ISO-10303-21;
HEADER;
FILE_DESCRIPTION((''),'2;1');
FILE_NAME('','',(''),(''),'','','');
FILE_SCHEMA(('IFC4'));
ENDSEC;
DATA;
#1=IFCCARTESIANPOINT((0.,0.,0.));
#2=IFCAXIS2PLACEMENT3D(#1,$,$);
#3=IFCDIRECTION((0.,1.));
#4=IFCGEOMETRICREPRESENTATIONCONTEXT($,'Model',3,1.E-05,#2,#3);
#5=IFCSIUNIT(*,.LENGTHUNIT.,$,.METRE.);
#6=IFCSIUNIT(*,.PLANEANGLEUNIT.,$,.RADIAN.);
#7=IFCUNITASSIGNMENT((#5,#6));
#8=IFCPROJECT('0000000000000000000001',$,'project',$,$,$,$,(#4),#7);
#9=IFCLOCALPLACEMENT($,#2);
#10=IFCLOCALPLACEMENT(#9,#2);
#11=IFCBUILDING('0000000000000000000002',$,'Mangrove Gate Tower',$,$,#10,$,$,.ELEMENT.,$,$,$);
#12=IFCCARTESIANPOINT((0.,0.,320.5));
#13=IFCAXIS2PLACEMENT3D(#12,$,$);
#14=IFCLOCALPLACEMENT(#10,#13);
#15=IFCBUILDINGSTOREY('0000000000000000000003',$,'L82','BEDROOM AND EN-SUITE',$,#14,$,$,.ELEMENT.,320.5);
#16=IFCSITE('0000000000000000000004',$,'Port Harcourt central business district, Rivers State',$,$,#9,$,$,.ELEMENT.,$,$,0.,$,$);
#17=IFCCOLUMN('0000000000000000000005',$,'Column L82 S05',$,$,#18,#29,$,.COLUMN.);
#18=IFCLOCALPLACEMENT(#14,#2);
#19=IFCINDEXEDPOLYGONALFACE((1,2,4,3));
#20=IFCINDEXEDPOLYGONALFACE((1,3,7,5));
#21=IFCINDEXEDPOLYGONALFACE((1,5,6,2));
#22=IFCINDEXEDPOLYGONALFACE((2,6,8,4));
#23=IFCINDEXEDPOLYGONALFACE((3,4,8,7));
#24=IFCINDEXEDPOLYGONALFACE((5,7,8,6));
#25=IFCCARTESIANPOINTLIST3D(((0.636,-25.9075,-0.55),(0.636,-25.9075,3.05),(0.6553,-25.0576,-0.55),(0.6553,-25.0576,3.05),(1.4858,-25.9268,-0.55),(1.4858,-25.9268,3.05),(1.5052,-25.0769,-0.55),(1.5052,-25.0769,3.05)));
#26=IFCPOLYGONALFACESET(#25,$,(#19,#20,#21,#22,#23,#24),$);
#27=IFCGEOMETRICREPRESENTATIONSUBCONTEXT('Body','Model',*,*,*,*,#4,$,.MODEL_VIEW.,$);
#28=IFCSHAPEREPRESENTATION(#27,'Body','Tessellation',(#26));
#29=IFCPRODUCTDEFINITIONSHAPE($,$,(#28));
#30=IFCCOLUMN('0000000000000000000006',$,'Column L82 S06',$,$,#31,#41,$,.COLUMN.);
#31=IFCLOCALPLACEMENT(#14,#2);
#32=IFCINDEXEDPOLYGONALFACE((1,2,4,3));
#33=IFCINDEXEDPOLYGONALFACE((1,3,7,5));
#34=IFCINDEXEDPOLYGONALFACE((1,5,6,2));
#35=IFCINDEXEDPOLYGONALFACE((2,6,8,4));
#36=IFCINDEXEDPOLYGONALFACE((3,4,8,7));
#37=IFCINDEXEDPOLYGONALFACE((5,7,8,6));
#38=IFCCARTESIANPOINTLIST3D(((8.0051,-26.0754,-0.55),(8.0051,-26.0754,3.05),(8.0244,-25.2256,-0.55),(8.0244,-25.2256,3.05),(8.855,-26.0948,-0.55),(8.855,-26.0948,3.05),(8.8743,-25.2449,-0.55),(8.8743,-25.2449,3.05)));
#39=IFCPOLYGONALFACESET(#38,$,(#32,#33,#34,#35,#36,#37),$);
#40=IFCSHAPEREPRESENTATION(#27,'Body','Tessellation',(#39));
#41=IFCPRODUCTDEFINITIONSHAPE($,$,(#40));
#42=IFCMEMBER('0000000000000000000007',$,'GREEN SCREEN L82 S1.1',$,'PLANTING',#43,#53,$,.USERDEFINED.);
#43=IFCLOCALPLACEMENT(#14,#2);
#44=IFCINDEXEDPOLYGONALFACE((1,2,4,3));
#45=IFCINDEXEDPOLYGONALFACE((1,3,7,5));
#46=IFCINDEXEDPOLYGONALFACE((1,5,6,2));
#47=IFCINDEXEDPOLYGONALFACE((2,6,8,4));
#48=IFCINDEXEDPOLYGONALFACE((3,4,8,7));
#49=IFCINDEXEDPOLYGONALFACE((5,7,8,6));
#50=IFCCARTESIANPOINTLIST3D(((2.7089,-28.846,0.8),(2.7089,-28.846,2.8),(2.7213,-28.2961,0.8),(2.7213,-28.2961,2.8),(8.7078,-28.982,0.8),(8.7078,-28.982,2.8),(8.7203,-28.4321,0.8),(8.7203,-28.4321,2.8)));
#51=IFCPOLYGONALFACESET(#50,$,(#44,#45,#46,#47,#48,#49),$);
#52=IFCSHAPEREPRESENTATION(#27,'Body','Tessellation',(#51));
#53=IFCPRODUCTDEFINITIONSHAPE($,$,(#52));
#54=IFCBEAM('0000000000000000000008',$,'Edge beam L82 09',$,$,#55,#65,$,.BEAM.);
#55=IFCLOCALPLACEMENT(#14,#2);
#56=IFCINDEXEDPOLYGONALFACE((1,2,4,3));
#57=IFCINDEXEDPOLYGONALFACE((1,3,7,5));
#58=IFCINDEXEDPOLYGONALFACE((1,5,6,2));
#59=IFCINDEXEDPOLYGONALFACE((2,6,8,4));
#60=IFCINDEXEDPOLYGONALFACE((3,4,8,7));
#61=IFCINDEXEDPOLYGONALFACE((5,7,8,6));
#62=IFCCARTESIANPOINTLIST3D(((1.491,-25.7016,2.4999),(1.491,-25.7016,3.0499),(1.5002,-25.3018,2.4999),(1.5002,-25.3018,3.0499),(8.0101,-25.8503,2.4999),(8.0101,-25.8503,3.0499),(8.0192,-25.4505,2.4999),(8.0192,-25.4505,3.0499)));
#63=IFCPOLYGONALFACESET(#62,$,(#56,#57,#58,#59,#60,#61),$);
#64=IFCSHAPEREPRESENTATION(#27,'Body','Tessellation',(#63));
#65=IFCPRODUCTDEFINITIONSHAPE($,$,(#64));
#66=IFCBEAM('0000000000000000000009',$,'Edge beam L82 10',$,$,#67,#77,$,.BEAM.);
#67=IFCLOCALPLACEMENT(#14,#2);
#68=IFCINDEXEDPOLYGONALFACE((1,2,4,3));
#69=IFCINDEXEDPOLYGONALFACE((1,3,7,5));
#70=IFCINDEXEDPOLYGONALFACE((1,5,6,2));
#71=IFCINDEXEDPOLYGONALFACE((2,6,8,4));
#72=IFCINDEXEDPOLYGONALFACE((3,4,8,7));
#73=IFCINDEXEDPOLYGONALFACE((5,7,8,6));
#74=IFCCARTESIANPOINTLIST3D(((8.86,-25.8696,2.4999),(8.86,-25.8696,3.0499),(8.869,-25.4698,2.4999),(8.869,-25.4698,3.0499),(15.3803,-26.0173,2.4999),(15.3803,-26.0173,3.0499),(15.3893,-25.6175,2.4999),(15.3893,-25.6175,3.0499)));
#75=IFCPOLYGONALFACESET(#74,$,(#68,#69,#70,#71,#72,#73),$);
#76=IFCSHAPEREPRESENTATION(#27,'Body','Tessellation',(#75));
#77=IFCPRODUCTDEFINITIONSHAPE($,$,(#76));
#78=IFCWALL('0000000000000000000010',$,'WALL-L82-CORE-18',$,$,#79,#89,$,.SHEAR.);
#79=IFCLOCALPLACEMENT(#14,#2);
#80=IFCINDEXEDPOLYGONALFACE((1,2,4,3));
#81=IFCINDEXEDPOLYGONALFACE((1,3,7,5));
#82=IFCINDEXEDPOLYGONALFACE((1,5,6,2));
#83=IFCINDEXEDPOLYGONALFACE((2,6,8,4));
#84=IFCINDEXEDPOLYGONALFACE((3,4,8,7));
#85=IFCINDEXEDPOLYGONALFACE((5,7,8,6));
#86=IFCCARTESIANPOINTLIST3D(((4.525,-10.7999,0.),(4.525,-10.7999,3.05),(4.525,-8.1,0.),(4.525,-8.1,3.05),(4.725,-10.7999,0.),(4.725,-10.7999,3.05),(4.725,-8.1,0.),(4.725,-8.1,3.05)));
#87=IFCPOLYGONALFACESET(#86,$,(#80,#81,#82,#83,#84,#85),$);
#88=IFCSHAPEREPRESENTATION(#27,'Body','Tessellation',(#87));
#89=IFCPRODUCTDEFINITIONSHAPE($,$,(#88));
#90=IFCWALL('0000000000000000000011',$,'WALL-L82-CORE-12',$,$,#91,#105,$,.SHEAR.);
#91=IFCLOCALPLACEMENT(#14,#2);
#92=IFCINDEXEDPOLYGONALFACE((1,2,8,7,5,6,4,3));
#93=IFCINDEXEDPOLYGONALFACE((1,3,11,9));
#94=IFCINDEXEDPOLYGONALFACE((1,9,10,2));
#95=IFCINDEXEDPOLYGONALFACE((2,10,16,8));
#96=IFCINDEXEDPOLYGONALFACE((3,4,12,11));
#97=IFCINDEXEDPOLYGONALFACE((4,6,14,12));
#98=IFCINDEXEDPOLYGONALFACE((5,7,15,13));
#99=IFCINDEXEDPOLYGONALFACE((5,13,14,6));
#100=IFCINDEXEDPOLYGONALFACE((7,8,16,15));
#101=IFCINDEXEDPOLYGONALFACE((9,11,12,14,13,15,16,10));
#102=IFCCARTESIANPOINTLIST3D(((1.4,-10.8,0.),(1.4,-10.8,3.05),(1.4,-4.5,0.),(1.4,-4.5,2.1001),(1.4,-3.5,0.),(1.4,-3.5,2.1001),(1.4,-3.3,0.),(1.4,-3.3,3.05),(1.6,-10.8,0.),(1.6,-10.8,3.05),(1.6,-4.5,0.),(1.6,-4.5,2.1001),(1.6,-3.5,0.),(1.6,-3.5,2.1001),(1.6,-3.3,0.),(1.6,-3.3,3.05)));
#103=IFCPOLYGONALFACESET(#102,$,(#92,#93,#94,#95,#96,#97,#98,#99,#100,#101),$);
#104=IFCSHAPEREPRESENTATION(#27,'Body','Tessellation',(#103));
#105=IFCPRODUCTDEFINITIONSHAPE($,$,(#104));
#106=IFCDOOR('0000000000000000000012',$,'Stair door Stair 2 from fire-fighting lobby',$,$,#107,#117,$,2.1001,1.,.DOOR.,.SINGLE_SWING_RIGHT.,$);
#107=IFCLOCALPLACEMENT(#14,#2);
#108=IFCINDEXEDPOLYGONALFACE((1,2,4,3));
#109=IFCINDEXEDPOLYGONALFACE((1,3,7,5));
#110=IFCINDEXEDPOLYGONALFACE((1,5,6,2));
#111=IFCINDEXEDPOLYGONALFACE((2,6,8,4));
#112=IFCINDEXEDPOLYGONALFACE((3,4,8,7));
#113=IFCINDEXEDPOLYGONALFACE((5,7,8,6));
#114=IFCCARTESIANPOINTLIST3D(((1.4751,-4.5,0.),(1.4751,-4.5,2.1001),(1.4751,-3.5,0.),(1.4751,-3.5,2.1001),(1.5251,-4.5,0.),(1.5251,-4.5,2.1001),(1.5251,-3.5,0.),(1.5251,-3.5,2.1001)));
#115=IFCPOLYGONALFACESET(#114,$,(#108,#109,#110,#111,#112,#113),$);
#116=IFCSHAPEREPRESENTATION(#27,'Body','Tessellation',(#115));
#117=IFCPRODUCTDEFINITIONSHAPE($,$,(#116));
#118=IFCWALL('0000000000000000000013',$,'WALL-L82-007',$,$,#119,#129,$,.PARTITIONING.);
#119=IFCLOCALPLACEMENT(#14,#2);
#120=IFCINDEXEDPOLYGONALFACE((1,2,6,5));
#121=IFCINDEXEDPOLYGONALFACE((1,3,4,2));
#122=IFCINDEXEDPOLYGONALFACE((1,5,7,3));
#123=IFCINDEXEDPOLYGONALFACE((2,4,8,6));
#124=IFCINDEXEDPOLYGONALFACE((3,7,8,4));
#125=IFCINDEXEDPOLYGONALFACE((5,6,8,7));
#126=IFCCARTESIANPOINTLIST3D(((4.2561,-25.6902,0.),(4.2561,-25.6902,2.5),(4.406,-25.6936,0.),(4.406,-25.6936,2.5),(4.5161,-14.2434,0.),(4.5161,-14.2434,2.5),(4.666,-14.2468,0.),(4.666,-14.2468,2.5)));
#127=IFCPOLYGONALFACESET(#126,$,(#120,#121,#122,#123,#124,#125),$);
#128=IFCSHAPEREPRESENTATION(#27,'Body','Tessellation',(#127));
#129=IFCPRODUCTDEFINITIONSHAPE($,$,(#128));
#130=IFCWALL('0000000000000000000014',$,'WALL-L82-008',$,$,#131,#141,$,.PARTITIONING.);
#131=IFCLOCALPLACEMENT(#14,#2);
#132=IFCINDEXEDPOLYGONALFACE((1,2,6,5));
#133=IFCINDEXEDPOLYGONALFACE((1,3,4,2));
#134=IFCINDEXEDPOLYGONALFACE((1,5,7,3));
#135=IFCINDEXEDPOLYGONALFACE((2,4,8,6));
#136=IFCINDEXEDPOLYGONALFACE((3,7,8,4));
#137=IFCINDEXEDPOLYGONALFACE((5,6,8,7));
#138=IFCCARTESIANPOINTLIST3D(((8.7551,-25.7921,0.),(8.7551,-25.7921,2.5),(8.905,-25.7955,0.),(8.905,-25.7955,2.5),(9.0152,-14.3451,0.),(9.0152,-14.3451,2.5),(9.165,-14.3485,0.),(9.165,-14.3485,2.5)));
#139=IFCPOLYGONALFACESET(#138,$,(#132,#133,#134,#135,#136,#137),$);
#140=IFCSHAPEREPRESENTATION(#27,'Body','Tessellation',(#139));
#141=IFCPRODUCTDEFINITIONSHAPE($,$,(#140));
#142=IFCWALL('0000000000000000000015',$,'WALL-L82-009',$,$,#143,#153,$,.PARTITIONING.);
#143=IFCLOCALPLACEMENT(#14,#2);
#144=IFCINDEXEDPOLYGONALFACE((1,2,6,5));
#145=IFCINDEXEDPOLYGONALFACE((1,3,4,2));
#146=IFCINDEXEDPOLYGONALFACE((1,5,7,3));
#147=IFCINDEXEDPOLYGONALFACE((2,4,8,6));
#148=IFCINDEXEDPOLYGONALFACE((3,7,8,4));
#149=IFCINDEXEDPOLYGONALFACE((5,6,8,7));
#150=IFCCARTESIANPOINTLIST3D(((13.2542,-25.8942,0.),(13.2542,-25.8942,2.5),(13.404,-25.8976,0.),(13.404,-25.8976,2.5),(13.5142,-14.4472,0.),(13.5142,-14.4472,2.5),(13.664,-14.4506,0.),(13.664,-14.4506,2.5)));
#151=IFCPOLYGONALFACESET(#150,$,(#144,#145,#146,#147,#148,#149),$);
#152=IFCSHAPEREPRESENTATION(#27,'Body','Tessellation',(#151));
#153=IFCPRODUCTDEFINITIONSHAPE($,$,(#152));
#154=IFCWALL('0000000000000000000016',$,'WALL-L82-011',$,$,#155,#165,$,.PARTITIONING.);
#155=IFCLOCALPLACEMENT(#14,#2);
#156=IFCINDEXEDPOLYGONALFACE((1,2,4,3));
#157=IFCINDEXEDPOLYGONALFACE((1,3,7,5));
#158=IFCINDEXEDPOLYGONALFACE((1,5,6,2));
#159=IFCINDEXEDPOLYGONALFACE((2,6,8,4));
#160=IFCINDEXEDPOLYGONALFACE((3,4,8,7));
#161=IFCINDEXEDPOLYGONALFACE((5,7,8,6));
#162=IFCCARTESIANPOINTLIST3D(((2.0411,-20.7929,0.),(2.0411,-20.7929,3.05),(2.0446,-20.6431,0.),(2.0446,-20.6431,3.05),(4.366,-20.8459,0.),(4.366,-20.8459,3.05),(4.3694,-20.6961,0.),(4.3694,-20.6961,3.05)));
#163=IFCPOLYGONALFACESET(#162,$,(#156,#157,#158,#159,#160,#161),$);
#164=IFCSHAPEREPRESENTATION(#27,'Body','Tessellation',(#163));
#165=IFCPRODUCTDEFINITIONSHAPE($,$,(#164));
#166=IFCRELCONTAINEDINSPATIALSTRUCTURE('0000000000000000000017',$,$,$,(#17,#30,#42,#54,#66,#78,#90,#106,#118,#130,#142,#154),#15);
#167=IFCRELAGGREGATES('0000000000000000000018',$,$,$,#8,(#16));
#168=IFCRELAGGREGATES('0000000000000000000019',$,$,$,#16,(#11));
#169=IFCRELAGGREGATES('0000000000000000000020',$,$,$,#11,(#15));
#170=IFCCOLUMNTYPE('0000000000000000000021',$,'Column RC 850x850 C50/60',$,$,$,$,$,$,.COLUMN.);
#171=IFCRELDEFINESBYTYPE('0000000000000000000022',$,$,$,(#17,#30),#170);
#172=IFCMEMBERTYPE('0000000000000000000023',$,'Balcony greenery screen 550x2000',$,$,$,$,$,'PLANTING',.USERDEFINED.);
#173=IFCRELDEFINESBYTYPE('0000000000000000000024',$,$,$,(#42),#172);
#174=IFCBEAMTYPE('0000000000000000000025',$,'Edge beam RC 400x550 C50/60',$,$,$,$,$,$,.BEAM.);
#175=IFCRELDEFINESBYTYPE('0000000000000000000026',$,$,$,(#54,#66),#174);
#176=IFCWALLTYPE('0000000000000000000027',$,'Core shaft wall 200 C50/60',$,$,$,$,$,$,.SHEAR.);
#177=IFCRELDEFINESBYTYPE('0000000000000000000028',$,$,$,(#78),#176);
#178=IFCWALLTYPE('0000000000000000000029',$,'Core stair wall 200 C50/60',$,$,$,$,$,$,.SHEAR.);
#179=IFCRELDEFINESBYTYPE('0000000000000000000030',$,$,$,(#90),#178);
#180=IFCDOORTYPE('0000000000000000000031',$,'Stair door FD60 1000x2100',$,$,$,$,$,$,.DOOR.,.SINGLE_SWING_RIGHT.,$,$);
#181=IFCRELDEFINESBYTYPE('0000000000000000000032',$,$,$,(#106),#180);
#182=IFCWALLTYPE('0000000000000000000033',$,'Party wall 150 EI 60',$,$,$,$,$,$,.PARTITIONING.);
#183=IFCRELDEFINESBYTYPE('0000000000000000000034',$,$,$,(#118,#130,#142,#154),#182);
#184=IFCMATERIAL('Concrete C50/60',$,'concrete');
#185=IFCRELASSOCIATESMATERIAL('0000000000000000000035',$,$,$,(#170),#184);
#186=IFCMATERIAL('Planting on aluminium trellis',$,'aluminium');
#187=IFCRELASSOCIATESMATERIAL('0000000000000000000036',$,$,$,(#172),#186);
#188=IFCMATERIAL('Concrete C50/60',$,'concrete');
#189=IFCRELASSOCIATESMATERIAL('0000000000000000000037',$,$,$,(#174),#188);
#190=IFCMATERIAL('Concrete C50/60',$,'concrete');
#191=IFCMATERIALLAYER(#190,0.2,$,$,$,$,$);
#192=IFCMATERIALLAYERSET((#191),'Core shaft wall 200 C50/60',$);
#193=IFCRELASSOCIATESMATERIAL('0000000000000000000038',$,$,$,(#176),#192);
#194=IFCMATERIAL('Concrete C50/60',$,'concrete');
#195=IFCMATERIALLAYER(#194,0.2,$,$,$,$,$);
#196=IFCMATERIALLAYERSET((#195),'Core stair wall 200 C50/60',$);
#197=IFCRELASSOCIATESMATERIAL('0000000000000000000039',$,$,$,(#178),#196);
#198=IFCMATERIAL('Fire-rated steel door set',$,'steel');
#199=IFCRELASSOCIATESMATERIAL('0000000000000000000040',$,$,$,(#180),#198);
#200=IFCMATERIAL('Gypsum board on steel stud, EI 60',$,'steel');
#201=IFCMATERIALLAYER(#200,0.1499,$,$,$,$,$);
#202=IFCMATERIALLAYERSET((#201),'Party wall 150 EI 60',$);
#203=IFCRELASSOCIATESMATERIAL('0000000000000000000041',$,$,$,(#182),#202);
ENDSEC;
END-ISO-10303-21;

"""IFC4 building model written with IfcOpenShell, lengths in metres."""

from ifc_helpers import new_model, si_unit, direction, frame, frame_2d, origin, origin_2d, place, context, subcontext, project, spatial, rectangle, extrude, material, layer, layer_set, material_profile, profile_set, type_object, element, fill, save


model = new_model("IFC4")

# Units and contexts
model_context = context("Model", 3, precision=1e-05, world=origin(), true_north=direction((0.0, 1.0)))
body_context = subcontext(model_context, "Body", "Model", "MODEL_VIEW")
ifc_project = project(units=[si_unit("LENGTHUNIT", "METRE"), si_unit("PLANEANGLEUNIT", "RADIAN")], contexts=[model_context])

# Site, building, storey
site_placement = place(None, origin())
site = spatial("IfcSite", under=ifc_project, at=site_placement, Name="Port Harcourt central business district, Rivers State", CompositionType="ELEMENT", RefElevation=0.0)
building_placement = place(site_placement, origin())
building = spatial("IfcBuilding", under=site, at=building_placement, Name="Mangrove Gate Tower", CompositionType="ELEMENT")
storey_placement = place(building_placement, frame((0.0, 0.0, 320.5)))
storey = spatial("IfcBuildingStorey", under=building, at=storey_placement, Name="L82", Description="BEDROOM AND EN-SUITE", CompositionType="ELEMENT", Elevation=320.5)

# Columns
ifc_material_1 = material(Name="Concrete C50/60", Category="concrete")
ifc_material_profile_1 = material_profile(ifc_material_1, rectangle(XDim=0.8501, YDim=0.8501, at=origin_2d()))
ifc_profile_set_1 = profile_set([ifc_material_profile_1], Name="Concrete C50/60")
column_type = type_object("IfcColumnType", Name="Column RC 850x850 C50/60", PredefinedType="COLUMN", material=ifc_profile_set_1)
for number, where, z_axis, x_axis, name in (
    (1, (1.0706, -25.4922, -0.55), (0.0, 0.0, 1.0), (0.999742, -0.022723, 0.0), "Column L82 S05"),
    (2, (8.4397, -25.6602, -0.55), (0.0, 0.0, 1.0), (0.999742, -0.022723, 0.0), "Column L82 S06"),
):
    element("IfcColumn", number, at=place(storey_placement, frame(where, z_axis=z_axis, x_axis=x_axis)), inside=storey, type_object=column_type, Name=name, PredefinedType="COLUMN", context=body_context, shape_type="SweptSolid", body=[
        extrude(rectangle(XDim=0.8501, YDim=0.8501, at=origin_2d()), origin(), (0.0, 0.0, 1.0), 3.6001),
    ])

# Member
ifc_material_2 = material(Name="Planting on aluminium trellis", Category="aluminium")
ifc_material_profile_2 = material_profile(ifc_material_2, rectangle(XDim=0.55, YDim=2.0, at=origin_2d()))
ifc_profile_set_2 = profile_set([ifc_material_profile_2], Name="Planting on aluminium trellis")
member_type = type_object("IfcMemberType", Name="Balcony greenery screen 550x2000", ElementType="PLANTING", PredefinedType="USERDEFINED", material=ifc_profile_set_2)
member_placement = place(storey_placement, frame((2.7151, -28.571, 1.8), z_axis=(0.999743, -0.022662, 0.0), x_axis=(0.022662, 0.999743, 0.0)))
element("IfcMember", 3, at=member_placement, inside=storey, type_object=member_type, Name="GREEN SCREEN L82 S1.1", ObjectType="PLANTING", PredefinedType="USERDEFINED", context=body_context, shape_type="SweptSolid", body=[
    extrude(rectangle(XDim=0.55, YDim=2.0, at=origin_2d()), origin(), (0.0, 0.0, 1.0), 6.0005),
])

# Beams
ifc_material_3 = material(Name="Concrete C50/60", Category="concrete")
ifc_material_profile_3 = material_profile(ifc_material_3, rectangle(XDim=0.3999, YDim=0.55, at=origin_2d()))
ifc_profile_set_3 = profile_set([ifc_material_profile_3], Name="Concrete C50/60")
beam_type = type_object("IfcBeamType", Name="Edge beam RC 400x550 C50/60", PredefinedType="BEAM", material=ifc_profile_set_3)
beam_1_placement = place(storey_placement, frame((1.4956, -25.5017, 2.7749), z_axis=(0.99974, -0.022801, 0.0), x_axis=(0.022801, 0.99974, 0.0)))
element("IfcBeam", 4, at=beam_1_placement, inside=storey, type_object=beam_type, Name="Edge beam L82 09", PredefinedType="BEAM", context=body_context, shape_type="SweptSolid", body=[
    extrude(rectangle(XDim=0.3999, YDim=0.55, at=origin_2d()), origin(), (0.0, 0.0, 1.0), 6.5208),
])
beam_2_placement = place(storey_placement, frame((8.8645, -25.6697, 2.7749), z_axis=(0.999744, -0.022647, 0.0), x_axis=(0.022647, 0.999744, 0.0)))
element("IfcBeam", 5, at=beam_2_placement, inside=storey, type_object=beam_type, Name="Edge beam L82 10", PredefinedType="BEAM", context=body_context, shape_type="SweptSolid", body=[
    extrude(rectangle(XDim=0.3999, YDim=0.55, at=origin_2d()), origin(), (0.0, 0.0, 1.0), 6.522),
])

# Wall
ifc_material_4 = material(Name="Concrete C50/60", Category="concrete")
ifc_layer_1 = layer(ifc_material_4, 0.2)
ifc_layer_set_1 = layer_set([ifc_layer_1], Name="Core shaft wall 200 C50/60")
wall_type_1 = type_object("IfcWallType", Name="Core shaft wall 200 C50/60", PredefinedType="SHEAR", material=ifc_layer_set_1)
wall_1_placement = place(storey_placement, frame((4.625, -10.8, 0.0), z_axis=(0.0, 0.0, 1.0), x_axis=(0.0, 1.0, 0.0)))
element("IfcWall", 6, at=wall_1_placement, inside=storey, type_object=wall_type_1, Name="WALL-L82-CORE-18", PredefinedType="SHEAR", context=body_context, shape_type="SweptSolid", body=[
    extrude(rectangle(XDim=2.7, YDim=0.2, at=frame_2d((1.3501, 0.0))), origin(), (0.0, 0.0, 1.0), 3.05),
])

# Wall, opening, door
ifc_material_5 = material(Name="Concrete C50/60", Category="concrete")
ifc_layer_2 = layer(ifc_material_5, 0.2)
ifc_layer_set_2 = layer_set([ifc_layer_2], Name="Core stair wall 200 C50/60")
wall_type_2 = type_object("IfcWallType", Name="Core stair wall 200 C50/60", PredefinedType="SHEAR", material=ifc_layer_set_2)
wall_2_placement = place(storey_placement, frame((1.5, -10.8, 0.0), z_axis=(0.0, 0.0, 1.0), x_axis=(0.0, 1.0, 0.0)))
wall_2 = element("IfcWall", 7, at=wall_2_placement, inside=storey, type_object=wall_type_2, Name="WALL-L82-CORE-12", PredefinedType="SHEAR", context=body_context, shape_type="SweptSolid", body=[
    extrude(rectangle(XDim=7.5, YDim=0.2, at=frame_2d((3.75, 0.0))), origin(), (0.0, 0.0, 1.0), 3.05),
])
opening_1_placement = place(wall_2_placement, frame((6.3, 0.0, 0.0)))
opening_1 = element("IfcOpeningElement", 8, at=opening_1_placement, cuts=wall_2, PredefinedType="OPENING", context=body_context, shape_type="SweptSolid", body=[
    extrude(rectangle(XDim=1.0, YDim=2.1001, at=frame_2d((0.5, 1.05))), frame((0.0, 0.1099, 0.0), z_axis=(0.0, -1.0, 0.0), x_axis=(1.0, 0.0, 0.0)), (0.0, 0.0, 1.0), 0.22),
])
ifc_material_6 = material(Name="Fire-rated steel door set", Category="steel")
door_type_1 = type_object("IfcDoorType", Name="Stair door FD60 1000x2100", OperationType="SINGLE_SWING_RIGHT", PredefinedType="DOOR", material=ifc_material_6)
door_1_placement = place(opening_1_placement, origin())
door_1 = element("IfcDoor", 9, at=door_1_placement, inside=storey, type_object=door_type_1, Name="Stair door Stair 2 from fire-fighting lobby", OperationType="SINGLE_SWING_RIGHT", OverallHeight=2.1001, OverallWidth=1.0, PredefinedType="DOOR", context=body_context, shape_type="SweptSolid", body=[
    extrude(rectangle(XDim=1.0, YDim=2.1001, at=frame_2d((0.5, 1.05))), frame((0.0, 0.0249, 0.0), z_axis=(0.0, -1.0, 0.0), x_axis=(1.0, 0.0, 0.0)), (0.0, 0.0, 1.0), 0.05),
])
fill(opening_1, door_1)

# Walls
ifc_material_7 = material(Name="Gypsum board on steel stud, EI 60", Category="steel")
ifc_layer_3 = layer(ifc_material_7, 0.1499)
ifc_layer_set_3 = layer_set([ifc_layer_3], Name="Party wall 150 EI 60")
wall_type_3 = type_object("IfcWallType", Name="Party wall 150 EI 60", PredefinedType="PARTITIONING", material=ifc_layer_set_3)
wall_3_placement = place(storey_placement, frame((4.3311, -25.6919, 0.0), z_axis=(0.0, 0.0, 1.0), x_axis=(0.022709, 0.999742, 0.0)))
element("IfcWall", 10, at=wall_3_placement, inside=storey, type_object=wall_type_3, Name="WALL-L82-007", PredefinedType="PARTITIONING", context=body_context, shape_type="SweptSolid", body=[
    extrude(rectangle(XDim=11.4497, YDim=0.1499, at=frame_2d((5.7249, 0.0))), origin(), (0.0, 0.0, 1.0), 2.5),
])
for number, where, z_axis, x_axis, name in (
    (11, (8.8301, -25.7939, 0.0), (0.0, 0.0, 1.0), (0.022708, 0.999742, 0.0), "WALL-L82-008"),
    (12, (13.3291, -25.896, 0.0), (0.0, 0.0, 1.0), (0.022708, 0.999742, 0.0), "WALL-L82-009"),
):
    element("IfcWall", number, at=place(storey_placement, frame(where, z_axis=z_axis, x_axis=x_axis)), inside=storey, type_object=wall_type_3, Name=name, PredefinedType="PARTITIONING", context=body_context, shape_type="SweptSolid", body=[
        extrude(rectangle(XDim=11.45, YDim=0.1499, at=frame_2d((5.7251, 0.0))), origin(), (0.0, 0.0, 1.0), 2.5),
    ])
wall_4_placement = place(storey_placement, frame((2.043, -20.718, 0.0), z_axis=(0.0, 0.0, 1.0), x_axis=(0.99974, -0.022781, 0.0)))
element("IfcWall", 13, at=wall_4_placement, inside=storey, type_object=wall_type_3, Name="WALL-L82-011", PredefinedType="PARTITIONING", context=body_context, shape_type="SweptSolid", body=[
    extrude(rectangle(XDim=2.3254, YDim=0.1499, at=frame_2d((1.1626, 0.0))), origin(), (0.0, 0.0, 1.0), 3.05),
])

save(model, "model.ifc")
